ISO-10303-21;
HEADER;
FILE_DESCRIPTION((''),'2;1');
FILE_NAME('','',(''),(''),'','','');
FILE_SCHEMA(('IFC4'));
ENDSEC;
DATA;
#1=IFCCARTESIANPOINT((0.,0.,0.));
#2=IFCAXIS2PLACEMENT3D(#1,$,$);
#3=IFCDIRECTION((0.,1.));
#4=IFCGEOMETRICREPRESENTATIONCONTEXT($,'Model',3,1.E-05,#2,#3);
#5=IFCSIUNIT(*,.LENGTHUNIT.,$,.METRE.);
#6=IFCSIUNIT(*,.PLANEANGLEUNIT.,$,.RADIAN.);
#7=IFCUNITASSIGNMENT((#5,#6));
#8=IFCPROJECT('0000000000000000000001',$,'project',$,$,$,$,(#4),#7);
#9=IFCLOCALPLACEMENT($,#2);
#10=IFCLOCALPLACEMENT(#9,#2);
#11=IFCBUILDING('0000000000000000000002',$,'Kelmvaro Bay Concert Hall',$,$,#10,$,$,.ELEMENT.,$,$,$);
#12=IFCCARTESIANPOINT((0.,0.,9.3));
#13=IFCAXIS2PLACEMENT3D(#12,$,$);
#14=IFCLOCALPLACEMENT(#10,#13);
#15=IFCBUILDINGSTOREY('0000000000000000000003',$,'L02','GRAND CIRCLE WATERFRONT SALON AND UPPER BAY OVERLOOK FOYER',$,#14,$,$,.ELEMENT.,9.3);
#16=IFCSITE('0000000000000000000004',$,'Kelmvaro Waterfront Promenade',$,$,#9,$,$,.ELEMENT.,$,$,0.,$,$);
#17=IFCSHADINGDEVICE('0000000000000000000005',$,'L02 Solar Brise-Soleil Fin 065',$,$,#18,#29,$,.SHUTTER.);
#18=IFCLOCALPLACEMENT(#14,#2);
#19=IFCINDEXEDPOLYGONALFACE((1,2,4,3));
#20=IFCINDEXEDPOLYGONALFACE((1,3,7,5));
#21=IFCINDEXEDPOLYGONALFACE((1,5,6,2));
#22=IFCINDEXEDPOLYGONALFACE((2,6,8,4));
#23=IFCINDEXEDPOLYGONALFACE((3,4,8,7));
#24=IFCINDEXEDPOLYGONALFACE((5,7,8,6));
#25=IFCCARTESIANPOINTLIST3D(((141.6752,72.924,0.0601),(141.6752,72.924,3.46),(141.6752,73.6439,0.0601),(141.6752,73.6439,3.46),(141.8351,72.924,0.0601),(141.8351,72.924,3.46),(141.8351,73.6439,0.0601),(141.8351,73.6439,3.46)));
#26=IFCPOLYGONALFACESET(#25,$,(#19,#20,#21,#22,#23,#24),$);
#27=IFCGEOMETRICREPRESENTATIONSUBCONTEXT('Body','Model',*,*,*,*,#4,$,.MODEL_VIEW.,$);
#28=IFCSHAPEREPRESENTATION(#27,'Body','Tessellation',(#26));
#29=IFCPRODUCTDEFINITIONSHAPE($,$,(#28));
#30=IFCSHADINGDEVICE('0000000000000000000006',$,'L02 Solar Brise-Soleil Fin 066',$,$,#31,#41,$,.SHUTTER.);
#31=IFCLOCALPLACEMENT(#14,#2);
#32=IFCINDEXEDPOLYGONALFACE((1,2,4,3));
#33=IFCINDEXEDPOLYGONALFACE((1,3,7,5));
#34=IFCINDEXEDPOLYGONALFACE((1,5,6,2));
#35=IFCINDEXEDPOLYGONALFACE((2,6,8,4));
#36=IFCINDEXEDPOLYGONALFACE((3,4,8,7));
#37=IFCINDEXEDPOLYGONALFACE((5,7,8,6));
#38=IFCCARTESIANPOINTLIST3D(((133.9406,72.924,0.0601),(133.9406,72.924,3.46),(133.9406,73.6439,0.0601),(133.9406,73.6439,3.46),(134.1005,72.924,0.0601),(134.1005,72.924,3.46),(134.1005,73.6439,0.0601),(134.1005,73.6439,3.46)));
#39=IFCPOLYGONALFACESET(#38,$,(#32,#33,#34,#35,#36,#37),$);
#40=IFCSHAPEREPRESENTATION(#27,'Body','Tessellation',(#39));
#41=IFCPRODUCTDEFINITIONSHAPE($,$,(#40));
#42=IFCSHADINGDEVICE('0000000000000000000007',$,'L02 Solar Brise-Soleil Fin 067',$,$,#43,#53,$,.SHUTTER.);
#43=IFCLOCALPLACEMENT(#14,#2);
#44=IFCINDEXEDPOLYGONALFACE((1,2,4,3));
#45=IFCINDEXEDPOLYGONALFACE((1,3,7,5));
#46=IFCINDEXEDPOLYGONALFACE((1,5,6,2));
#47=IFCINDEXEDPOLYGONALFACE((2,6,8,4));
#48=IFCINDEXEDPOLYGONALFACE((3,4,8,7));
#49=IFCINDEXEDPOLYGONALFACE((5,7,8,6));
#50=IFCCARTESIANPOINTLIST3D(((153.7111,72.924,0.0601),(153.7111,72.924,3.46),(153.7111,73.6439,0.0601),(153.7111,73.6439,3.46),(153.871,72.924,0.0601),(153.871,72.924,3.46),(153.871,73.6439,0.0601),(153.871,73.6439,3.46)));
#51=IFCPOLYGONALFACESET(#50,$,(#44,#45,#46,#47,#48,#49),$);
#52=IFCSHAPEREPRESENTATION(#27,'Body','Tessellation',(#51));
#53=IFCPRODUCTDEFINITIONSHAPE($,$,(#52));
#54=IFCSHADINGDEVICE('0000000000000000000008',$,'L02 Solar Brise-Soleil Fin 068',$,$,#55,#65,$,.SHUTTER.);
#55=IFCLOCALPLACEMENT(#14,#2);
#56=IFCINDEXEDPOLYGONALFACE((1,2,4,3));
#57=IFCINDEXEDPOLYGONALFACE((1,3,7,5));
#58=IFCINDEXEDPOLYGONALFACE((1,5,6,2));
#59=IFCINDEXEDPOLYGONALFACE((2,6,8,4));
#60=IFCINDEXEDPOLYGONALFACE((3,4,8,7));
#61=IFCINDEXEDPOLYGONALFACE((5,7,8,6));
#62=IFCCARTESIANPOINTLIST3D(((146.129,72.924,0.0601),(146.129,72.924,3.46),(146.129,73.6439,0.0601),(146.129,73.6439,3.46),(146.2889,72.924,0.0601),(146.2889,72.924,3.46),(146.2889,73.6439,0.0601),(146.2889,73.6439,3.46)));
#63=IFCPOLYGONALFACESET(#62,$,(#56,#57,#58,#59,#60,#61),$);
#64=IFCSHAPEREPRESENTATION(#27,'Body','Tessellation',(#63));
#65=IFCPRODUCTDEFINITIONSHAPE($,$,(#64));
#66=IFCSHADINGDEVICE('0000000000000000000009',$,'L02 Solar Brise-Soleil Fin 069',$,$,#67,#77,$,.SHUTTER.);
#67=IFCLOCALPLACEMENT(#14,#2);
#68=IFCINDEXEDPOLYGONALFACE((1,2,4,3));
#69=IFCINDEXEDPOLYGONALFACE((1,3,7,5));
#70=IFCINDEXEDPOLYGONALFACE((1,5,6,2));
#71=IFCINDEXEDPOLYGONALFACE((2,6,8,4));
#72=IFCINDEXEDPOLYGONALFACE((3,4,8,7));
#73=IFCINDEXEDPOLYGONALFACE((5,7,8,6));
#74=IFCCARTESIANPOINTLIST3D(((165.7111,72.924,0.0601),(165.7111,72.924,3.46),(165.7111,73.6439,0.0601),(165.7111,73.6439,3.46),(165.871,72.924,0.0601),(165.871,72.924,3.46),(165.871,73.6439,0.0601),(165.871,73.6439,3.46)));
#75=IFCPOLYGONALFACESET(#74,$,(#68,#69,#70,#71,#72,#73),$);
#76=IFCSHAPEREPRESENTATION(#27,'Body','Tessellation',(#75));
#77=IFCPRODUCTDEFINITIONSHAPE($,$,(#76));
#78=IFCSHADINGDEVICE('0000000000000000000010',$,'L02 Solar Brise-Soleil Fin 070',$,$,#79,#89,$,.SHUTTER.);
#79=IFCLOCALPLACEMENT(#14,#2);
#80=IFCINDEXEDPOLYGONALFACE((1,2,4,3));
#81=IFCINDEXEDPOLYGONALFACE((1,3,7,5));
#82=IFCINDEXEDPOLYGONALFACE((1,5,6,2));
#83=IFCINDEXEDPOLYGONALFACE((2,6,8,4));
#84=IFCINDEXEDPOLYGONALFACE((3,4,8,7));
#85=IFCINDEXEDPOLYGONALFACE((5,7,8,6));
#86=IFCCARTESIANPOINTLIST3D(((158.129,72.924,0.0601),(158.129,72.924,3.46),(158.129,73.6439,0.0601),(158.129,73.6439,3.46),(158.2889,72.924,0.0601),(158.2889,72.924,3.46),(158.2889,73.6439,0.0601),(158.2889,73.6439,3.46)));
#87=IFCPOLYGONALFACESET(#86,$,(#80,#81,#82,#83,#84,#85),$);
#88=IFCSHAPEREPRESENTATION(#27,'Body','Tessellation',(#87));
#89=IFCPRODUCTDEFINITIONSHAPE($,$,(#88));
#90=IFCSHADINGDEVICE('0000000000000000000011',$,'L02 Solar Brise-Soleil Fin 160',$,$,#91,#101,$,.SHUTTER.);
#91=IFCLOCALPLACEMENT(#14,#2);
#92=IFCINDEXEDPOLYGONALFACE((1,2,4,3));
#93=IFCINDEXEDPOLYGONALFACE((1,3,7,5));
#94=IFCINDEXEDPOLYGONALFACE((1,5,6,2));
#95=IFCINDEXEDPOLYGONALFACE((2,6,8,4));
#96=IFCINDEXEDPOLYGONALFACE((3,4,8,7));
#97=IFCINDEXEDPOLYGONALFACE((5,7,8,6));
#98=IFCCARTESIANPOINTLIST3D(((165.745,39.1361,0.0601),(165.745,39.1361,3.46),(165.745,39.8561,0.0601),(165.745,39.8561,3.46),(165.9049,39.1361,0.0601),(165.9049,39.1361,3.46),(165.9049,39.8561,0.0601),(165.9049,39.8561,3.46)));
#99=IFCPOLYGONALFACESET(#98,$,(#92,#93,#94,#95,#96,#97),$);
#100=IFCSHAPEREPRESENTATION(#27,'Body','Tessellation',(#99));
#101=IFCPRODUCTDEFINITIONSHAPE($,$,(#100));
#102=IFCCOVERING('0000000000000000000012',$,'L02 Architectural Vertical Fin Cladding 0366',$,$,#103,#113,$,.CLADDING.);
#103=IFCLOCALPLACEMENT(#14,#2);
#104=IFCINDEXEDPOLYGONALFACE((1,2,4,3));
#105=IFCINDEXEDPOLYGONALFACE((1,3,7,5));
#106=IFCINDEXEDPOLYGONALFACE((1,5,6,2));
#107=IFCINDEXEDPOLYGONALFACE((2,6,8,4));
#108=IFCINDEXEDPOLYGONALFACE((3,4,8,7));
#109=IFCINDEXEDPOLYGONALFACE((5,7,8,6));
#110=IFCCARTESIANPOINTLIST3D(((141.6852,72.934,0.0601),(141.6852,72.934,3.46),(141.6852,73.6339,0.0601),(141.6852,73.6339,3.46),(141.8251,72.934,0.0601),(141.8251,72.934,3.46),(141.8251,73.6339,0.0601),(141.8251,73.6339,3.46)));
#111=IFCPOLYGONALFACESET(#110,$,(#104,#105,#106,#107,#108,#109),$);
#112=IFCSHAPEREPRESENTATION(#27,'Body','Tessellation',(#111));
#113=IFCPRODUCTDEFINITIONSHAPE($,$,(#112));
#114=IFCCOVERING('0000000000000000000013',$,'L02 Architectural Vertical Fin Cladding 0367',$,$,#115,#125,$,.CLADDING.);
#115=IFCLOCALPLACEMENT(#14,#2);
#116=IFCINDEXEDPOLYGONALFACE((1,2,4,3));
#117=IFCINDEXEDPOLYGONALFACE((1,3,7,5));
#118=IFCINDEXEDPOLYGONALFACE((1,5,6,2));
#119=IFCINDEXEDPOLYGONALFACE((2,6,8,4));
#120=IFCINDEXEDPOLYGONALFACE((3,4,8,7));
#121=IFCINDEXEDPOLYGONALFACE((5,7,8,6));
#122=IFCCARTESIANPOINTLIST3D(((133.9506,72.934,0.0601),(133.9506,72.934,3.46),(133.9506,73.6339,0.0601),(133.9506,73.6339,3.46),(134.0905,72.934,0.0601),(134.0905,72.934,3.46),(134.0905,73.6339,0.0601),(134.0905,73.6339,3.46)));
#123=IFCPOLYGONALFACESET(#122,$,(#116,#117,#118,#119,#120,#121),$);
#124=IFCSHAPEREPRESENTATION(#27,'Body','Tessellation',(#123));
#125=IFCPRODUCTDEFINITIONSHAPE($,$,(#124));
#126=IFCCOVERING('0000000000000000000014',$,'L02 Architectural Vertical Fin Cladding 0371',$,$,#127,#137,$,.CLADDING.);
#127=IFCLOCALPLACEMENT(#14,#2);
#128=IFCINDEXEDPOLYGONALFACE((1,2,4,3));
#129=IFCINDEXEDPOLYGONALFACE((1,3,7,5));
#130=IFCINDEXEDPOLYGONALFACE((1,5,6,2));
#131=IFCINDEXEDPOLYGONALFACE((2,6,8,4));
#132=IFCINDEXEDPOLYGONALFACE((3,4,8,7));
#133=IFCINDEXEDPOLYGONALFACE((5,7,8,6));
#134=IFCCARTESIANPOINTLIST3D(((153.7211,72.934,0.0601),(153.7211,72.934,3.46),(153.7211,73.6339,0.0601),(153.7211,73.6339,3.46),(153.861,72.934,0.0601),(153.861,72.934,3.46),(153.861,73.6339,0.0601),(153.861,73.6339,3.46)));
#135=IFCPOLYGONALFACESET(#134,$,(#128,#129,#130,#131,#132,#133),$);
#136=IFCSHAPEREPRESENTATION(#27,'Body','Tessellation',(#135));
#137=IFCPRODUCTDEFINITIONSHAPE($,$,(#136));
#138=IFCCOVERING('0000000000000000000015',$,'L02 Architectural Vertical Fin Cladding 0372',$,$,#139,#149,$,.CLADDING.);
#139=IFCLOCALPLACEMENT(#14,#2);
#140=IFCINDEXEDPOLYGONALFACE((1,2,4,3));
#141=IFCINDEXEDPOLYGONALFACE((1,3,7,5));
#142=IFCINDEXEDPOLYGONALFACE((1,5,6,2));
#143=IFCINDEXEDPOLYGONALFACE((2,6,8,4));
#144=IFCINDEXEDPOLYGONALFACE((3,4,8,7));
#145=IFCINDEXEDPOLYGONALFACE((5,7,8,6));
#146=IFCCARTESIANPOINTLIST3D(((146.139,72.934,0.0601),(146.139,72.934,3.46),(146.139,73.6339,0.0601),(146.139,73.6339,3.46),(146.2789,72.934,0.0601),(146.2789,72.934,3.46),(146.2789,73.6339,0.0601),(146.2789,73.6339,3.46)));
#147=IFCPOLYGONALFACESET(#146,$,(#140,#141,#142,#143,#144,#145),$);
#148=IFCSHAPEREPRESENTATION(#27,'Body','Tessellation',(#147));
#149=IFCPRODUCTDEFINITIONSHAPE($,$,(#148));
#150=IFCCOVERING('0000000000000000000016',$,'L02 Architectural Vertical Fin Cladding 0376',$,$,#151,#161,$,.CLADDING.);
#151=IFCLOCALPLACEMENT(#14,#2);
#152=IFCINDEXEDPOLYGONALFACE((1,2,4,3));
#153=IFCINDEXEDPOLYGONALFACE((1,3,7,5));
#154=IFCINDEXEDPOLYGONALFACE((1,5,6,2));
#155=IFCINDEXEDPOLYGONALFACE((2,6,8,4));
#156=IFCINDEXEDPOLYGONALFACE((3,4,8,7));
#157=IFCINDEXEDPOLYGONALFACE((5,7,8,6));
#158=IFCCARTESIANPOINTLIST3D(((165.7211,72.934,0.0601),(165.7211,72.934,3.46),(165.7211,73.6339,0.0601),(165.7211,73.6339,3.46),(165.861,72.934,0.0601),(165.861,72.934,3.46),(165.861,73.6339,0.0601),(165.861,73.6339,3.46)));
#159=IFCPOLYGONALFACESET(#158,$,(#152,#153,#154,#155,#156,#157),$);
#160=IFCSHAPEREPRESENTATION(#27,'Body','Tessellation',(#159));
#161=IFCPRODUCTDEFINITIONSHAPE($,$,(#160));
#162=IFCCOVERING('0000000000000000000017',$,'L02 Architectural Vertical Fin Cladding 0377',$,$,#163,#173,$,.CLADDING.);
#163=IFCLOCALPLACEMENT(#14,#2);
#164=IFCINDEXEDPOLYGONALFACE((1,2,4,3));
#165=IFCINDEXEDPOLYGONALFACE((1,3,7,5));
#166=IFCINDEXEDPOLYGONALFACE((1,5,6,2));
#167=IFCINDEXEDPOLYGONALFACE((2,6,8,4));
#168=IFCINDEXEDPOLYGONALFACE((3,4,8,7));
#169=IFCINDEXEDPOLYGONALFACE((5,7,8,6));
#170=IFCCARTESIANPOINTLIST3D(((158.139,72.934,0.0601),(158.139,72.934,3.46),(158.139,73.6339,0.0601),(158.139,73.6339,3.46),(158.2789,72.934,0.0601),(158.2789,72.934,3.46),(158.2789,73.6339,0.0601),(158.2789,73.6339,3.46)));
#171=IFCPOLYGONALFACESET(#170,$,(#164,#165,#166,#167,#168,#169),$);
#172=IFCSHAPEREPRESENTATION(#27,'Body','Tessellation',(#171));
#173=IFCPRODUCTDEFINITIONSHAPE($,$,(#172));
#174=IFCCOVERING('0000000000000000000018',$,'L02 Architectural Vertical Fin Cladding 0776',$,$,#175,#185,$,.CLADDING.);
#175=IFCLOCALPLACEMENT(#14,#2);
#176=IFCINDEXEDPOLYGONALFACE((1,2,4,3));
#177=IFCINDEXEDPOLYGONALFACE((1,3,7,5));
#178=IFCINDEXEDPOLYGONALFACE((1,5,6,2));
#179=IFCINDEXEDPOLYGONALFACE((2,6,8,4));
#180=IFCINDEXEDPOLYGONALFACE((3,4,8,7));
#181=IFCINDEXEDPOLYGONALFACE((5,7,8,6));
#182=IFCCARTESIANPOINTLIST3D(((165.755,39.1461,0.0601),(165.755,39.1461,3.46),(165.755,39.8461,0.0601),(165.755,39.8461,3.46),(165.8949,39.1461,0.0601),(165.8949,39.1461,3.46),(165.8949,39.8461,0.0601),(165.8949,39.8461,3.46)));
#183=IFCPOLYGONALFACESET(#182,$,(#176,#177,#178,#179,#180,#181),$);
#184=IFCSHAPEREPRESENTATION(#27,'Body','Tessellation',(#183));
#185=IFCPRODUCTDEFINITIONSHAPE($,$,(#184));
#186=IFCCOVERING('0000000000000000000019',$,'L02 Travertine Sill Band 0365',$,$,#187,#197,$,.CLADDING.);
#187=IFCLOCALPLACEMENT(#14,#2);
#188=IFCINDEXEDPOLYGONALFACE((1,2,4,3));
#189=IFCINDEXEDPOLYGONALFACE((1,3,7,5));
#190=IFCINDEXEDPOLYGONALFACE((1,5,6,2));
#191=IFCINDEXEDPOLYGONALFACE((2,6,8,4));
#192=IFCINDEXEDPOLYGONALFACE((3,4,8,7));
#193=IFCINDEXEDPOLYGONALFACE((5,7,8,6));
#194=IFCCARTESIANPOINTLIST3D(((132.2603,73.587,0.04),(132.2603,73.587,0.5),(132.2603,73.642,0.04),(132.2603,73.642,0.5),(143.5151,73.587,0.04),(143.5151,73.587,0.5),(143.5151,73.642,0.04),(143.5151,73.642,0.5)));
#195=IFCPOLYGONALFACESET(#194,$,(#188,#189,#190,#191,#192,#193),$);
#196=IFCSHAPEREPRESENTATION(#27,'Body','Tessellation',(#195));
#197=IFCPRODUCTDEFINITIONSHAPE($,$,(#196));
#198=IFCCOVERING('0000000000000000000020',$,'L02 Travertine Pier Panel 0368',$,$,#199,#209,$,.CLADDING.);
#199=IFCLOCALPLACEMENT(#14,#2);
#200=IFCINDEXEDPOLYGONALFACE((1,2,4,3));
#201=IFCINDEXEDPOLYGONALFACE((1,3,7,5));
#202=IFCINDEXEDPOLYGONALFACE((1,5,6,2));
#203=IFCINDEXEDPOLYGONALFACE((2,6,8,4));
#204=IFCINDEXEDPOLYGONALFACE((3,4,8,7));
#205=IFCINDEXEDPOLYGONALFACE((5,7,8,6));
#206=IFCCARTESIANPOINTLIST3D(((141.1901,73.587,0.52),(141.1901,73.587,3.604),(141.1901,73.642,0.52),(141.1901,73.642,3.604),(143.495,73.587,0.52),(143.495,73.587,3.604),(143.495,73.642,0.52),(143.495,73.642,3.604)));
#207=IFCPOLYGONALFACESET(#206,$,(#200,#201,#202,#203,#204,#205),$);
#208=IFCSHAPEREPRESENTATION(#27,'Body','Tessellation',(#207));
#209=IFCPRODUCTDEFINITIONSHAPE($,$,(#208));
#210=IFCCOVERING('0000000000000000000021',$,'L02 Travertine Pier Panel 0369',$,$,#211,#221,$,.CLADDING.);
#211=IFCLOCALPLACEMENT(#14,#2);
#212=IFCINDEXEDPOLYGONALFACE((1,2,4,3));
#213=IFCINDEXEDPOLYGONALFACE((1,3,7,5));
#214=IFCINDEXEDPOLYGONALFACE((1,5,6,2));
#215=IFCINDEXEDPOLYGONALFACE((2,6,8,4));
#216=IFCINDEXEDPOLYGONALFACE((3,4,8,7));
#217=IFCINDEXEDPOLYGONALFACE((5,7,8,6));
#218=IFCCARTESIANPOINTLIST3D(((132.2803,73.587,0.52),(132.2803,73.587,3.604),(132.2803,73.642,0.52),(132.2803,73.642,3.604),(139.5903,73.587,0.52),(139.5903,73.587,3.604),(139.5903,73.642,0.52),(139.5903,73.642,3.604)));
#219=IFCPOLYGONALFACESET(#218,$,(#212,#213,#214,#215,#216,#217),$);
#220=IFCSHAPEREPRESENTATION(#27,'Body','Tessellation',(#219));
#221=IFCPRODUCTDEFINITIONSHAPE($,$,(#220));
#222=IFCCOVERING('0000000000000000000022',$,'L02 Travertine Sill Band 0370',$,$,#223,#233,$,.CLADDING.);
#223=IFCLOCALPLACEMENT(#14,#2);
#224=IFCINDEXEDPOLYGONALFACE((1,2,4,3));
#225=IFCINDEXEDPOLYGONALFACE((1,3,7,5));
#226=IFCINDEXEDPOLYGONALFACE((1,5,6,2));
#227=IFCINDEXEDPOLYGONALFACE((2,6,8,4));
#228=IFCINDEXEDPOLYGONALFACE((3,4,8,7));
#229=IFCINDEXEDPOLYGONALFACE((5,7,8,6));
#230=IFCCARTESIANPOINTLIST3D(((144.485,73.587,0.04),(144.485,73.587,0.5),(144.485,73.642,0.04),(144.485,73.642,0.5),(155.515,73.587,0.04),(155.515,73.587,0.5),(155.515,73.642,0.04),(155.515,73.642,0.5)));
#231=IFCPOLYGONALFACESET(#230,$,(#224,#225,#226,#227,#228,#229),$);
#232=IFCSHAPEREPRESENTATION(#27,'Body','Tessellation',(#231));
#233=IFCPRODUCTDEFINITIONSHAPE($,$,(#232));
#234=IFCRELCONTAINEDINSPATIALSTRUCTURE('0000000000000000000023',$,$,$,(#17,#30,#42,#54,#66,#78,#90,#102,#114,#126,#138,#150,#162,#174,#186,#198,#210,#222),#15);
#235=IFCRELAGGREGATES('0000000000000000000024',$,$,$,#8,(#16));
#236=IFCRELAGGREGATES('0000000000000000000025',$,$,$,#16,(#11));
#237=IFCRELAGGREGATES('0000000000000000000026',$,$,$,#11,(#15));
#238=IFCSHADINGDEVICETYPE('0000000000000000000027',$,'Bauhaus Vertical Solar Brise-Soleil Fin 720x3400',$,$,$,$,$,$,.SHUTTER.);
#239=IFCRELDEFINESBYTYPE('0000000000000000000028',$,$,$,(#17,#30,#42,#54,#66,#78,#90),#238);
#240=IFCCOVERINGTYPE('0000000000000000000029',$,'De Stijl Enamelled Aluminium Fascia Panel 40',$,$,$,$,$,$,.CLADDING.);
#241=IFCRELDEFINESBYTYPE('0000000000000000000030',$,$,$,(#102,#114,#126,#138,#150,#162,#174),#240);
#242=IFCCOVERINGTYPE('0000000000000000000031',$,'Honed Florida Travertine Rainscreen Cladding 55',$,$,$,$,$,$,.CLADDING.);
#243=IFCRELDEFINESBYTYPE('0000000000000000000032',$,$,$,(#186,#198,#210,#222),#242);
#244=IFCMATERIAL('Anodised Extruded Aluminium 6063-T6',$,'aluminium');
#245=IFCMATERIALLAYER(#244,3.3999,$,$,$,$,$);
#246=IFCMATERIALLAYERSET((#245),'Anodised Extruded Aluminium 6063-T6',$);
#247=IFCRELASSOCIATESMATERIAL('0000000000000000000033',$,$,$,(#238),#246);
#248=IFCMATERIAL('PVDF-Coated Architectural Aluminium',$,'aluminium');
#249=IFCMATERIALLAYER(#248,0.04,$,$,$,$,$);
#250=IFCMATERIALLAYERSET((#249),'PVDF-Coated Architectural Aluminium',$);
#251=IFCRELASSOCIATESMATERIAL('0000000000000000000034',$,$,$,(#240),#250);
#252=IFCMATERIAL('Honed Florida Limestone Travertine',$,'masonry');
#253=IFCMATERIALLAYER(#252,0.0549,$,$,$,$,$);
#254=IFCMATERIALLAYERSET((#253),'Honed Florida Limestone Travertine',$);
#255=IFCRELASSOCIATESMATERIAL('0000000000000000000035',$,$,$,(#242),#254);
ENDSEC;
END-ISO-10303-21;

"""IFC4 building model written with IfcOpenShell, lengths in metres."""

from ifc_helpers import new_model, si_unit, direction, frame, origin, origin_2d, place, context, subcontext, project, spatial, rectangle, extrude, material, layer, layer_set, type_object, element, save


model = new_model("IFC4")

# Units and contexts
model_context = context("Model", 3, precision=1e-05, world=origin(), true_north=direction((0.0, 1.0)))
body_context = subcontext(model_context, "Body", "Model", "MODEL_VIEW")
ifc_project = project(units=[si_unit("LENGTHUNIT", "METRE"), si_unit("PLANEANGLEUNIT", "RADIAN")], contexts=[model_context])

# Site, building, storey
site_placement = place(None, origin())
site = spatial("IfcSite", under=ifc_project, at=site_placement, Name="Kelmvaro Waterfront Promenade", CompositionType="ELEMENT", RefElevation=0.0)
building_placement = place(site_placement, origin())
building = spatial("IfcBuilding", under=site, at=building_placement, Name="Kelmvaro Bay Concert Hall", CompositionType="ELEMENT")
storey_placement = place(building_placement, frame((0.0, 0.0, 9.3)))
storey = spatial("IfcBuildingStorey", under=building, at=storey_placement, Name="L02", Description="GRAND CIRCLE WATERFRONT SALON AND UPPER BAY OVERLOOK FOYER", CompositionType="ELEMENT", Elevation=9.3)

# Shading devices
ifc_material_1 = material(Name="Anodised Extruded Aluminium 6063-T6", Category="aluminium")
ifc_layer_1 = layer(ifc_material_1, 3.3999)
ifc_layer_set_1 = layer_set([ifc_layer_1], Name="Anodised Extruded Aluminium 6063-T6")
shading_device_type = type_object("IfcShadingDeviceType", Name="Bauhaus Vertical Solar Brise-Soleil Fin 720x3400", PredefinedType="SHUTTER", material=ifc_layer_set_1)
for number, where, z_axis, x_axis, name in (
    (1, (141.7551, 73.2839, 0.0601), (0.0, 0.0, 1.0), (-1.0, 0.0, 0.0), "L02 Solar Brise-Soleil Fin 065"),
    (2, (134.0205, 73.2839, 0.0601), (0.0, 0.0, 1.0), (-1.0, 0.0, 0.0), "L02 Solar Brise-Soleil Fin 066"),
    (3, (153.791, 73.2839, 0.0601), (0.0, 0.0, 1.0), (-1.0, 0.0, 0.0), "L02 Solar Brise-Soleil Fin 067"),
    (4, (146.209, 73.2839, 0.0601), (0.0, 0.0, 1.0), (-1.0, 0.0, 0.0), "L02 Solar Brise-Soleil Fin 068"),
    (5, (165.791, 73.2839, 0.0601), (0.0, 0.0, 1.0), (-1.0, 0.0, 0.0), "L02 Solar Brise-Soleil Fin 069"),
    (6, (158.209, 73.2839, 0.0601), (0.0, 0.0, 1.0), (-1.0, 0.0, 0.0), "L02 Solar Brise-Soleil Fin 070"),
    (7, (165.825, 39.4961, 0.0601), (0.0, 0.0, 1.0), (1.0, 0.0, 0.0), "L02 Solar Brise-Soleil Fin 160"),
):
    element("IfcShadingDevice", number, at=place(storey_placement, frame(where, z_axis=z_axis, x_axis=x_axis)), inside=storey, type_object=shading_device_type, Name=name, PredefinedType="SHUTTER", context=body_context, shape_type="SweptSolid", body=[
        extrude(rectangle(XDim=0.1599, YDim=0.72, at=origin_2d()), origin(), (0.0, 0.0, 1.0), 3.3999),
    ])

# Coverings
ifc_material_2 = material(Name="PVDF-Coated Architectural Aluminium", Category="aluminium")
ifc_layer_2 = layer(ifc_material_2, 0.04)
ifc_layer_set_2 = layer_set([ifc_layer_2], Name="PVDF-Coated Architectural Aluminium")
covering_type_1 = type_object("IfcCoveringType", Name="De Stijl Enamelled Aluminium Fascia Panel 40", PredefinedType="CLADDING", material=ifc_layer_set_2)
for number, where, z_axis, x_axis, name in (
    (8, (141.7551, 73.2839, 0.0601), (0.0, 0.0, 1.0), (-1.0, 0.0, 0.0), "L02 Architectural Vertical Fin Cladding 0366"),
    (9, (134.0205, 73.2839, 0.0601), (0.0, 0.0, 1.0), (-1.0, 0.0, 0.0), "L02 Architectural Vertical Fin Cladding 0367"),
    (10, (153.791, 73.2839, 0.0601), (0.0, 0.0, 1.0), (-1.0, 0.0, 0.0), "L02 Architectural Vertical Fin Cladding 0371"),
    (11, (146.209, 73.2839, 0.0601), (0.0, 0.0, 1.0), (-1.0, 0.0, 0.0), "L02 Architectural Vertical Fin Cladding 0372"),
    (12, (165.791, 73.2839, 0.0601), (0.0, 0.0, 1.0), (-1.0, 0.0, 0.0), "L02 Architectural Vertical Fin Cladding 0376"),
    (13, (158.209, 73.2839, 0.0601), (0.0, 0.0, 1.0), (-1.0, 0.0, 0.0), "L02 Architectural Vertical Fin Cladding 0377"),
    (14, (165.825, 39.4961, 0.0601), (0.0, 0.0, 1.0), (1.0, 0.0, 0.0), "L02 Architectural Vertical Fin Cladding 0776"),
):
    element("IfcCovering", number, at=place(storey_placement, frame(where, z_axis=z_axis, x_axis=x_axis)), inside=storey, type_object=covering_type_1, Name=name, PredefinedType="CLADDING", context=body_context, shape_type="SweptSolid", body=[
        extrude(rectangle(XDim=0.1399, YDim=0.7, at=origin_2d()), origin(), (0.0, 0.0, 1.0), 3.3999),
    ])
ifc_material_3 = material(Name="Honed Florida Limestone Travertine", Category="masonry")
ifc_layer_3 = layer(ifc_material_3, 0.0549)
ifc_layer_set_3 = layer_set([ifc_layer_3], Name="Honed Florida Limestone Travertine")
covering_type_2 = type_object("IfcCoveringType", Name="Honed Florida Travertine Rainscreen Cladding 55", PredefinedType="CLADDING", material=ifc_layer_set_3)
covering_1_placement = place(storey_placement, frame((137.8877, 73.6145, 0.04), z_axis=(0.0, 0.0, 1.0), x_axis=(-1.0, 0.0, 0.0)))
element("IfcCovering", 15, at=covering_1_placement, inside=storey, type_object=covering_type_2, Name="L02 Travertine Sill Band 0365", PredefinedType="CLADDING", context=body_context, shape_type="SweptSolid", body=[
    extrude(rectangle(XDim=11.2549, YDim=0.0549, at=origin_2d()), origin(), (0.0, 0.0, 1.0), 0.46),
])
covering_2_placement = place(storey_placement, frame((142.3425, 73.6145, 0.52), z_axis=(0.0, 0.0, 1.0), x_axis=(-1.0, 0.0, 0.0)))
element("IfcCovering", 16, at=covering_2_placement, inside=storey, type_object=covering_type_2, Name="L02 Travertine Pier Panel 0368", PredefinedType="CLADDING", context=body_context, shape_type="SweptSolid", body=[
    extrude(rectangle(XDim=2.3049, YDim=0.0549, at=origin_2d()), origin(), (0.0, 0.0, 1.0), 3.084),
])
covering_3_placement = place(storey_placement, frame((135.9353, 73.6145, 0.52), z_axis=(0.0, 0.0, 1.0), x_axis=(-1.0, 0.0, 0.0)))
element("IfcCovering", 17, at=covering_3_placement, inside=storey, type_object=covering_type_2, Name="L02 Travertine Pier Panel 0369", PredefinedType="CLADDING", context=body_context, shape_type="SweptSolid", body=[
    extrude(rectangle(XDim=7.3101, YDim=0.0549, at=origin_2d()), origin(), (0.0, 0.0, 1.0), 3.084),
])
covering_4_placement = place(storey_placement, frame((150.0, 73.6145, 0.04), z_axis=(0.0, 0.0, 1.0), x_axis=(-1.0, 0.0, 0.0)))
element("IfcCovering", 18, at=covering_4_placement, inside=storey, type_object=covering_type_2, Name="L02 Travertine Sill Band 0370", PredefinedType="CLADDING", context=body_context, shape_type="SweptSolid", body=[
    extrude(rectangle(XDim=11.03, YDim=0.0549, at=origin_2d()), origin(), (0.0, 0.0, 1.0), 0.46),
])

save(model, "model.ifc")
